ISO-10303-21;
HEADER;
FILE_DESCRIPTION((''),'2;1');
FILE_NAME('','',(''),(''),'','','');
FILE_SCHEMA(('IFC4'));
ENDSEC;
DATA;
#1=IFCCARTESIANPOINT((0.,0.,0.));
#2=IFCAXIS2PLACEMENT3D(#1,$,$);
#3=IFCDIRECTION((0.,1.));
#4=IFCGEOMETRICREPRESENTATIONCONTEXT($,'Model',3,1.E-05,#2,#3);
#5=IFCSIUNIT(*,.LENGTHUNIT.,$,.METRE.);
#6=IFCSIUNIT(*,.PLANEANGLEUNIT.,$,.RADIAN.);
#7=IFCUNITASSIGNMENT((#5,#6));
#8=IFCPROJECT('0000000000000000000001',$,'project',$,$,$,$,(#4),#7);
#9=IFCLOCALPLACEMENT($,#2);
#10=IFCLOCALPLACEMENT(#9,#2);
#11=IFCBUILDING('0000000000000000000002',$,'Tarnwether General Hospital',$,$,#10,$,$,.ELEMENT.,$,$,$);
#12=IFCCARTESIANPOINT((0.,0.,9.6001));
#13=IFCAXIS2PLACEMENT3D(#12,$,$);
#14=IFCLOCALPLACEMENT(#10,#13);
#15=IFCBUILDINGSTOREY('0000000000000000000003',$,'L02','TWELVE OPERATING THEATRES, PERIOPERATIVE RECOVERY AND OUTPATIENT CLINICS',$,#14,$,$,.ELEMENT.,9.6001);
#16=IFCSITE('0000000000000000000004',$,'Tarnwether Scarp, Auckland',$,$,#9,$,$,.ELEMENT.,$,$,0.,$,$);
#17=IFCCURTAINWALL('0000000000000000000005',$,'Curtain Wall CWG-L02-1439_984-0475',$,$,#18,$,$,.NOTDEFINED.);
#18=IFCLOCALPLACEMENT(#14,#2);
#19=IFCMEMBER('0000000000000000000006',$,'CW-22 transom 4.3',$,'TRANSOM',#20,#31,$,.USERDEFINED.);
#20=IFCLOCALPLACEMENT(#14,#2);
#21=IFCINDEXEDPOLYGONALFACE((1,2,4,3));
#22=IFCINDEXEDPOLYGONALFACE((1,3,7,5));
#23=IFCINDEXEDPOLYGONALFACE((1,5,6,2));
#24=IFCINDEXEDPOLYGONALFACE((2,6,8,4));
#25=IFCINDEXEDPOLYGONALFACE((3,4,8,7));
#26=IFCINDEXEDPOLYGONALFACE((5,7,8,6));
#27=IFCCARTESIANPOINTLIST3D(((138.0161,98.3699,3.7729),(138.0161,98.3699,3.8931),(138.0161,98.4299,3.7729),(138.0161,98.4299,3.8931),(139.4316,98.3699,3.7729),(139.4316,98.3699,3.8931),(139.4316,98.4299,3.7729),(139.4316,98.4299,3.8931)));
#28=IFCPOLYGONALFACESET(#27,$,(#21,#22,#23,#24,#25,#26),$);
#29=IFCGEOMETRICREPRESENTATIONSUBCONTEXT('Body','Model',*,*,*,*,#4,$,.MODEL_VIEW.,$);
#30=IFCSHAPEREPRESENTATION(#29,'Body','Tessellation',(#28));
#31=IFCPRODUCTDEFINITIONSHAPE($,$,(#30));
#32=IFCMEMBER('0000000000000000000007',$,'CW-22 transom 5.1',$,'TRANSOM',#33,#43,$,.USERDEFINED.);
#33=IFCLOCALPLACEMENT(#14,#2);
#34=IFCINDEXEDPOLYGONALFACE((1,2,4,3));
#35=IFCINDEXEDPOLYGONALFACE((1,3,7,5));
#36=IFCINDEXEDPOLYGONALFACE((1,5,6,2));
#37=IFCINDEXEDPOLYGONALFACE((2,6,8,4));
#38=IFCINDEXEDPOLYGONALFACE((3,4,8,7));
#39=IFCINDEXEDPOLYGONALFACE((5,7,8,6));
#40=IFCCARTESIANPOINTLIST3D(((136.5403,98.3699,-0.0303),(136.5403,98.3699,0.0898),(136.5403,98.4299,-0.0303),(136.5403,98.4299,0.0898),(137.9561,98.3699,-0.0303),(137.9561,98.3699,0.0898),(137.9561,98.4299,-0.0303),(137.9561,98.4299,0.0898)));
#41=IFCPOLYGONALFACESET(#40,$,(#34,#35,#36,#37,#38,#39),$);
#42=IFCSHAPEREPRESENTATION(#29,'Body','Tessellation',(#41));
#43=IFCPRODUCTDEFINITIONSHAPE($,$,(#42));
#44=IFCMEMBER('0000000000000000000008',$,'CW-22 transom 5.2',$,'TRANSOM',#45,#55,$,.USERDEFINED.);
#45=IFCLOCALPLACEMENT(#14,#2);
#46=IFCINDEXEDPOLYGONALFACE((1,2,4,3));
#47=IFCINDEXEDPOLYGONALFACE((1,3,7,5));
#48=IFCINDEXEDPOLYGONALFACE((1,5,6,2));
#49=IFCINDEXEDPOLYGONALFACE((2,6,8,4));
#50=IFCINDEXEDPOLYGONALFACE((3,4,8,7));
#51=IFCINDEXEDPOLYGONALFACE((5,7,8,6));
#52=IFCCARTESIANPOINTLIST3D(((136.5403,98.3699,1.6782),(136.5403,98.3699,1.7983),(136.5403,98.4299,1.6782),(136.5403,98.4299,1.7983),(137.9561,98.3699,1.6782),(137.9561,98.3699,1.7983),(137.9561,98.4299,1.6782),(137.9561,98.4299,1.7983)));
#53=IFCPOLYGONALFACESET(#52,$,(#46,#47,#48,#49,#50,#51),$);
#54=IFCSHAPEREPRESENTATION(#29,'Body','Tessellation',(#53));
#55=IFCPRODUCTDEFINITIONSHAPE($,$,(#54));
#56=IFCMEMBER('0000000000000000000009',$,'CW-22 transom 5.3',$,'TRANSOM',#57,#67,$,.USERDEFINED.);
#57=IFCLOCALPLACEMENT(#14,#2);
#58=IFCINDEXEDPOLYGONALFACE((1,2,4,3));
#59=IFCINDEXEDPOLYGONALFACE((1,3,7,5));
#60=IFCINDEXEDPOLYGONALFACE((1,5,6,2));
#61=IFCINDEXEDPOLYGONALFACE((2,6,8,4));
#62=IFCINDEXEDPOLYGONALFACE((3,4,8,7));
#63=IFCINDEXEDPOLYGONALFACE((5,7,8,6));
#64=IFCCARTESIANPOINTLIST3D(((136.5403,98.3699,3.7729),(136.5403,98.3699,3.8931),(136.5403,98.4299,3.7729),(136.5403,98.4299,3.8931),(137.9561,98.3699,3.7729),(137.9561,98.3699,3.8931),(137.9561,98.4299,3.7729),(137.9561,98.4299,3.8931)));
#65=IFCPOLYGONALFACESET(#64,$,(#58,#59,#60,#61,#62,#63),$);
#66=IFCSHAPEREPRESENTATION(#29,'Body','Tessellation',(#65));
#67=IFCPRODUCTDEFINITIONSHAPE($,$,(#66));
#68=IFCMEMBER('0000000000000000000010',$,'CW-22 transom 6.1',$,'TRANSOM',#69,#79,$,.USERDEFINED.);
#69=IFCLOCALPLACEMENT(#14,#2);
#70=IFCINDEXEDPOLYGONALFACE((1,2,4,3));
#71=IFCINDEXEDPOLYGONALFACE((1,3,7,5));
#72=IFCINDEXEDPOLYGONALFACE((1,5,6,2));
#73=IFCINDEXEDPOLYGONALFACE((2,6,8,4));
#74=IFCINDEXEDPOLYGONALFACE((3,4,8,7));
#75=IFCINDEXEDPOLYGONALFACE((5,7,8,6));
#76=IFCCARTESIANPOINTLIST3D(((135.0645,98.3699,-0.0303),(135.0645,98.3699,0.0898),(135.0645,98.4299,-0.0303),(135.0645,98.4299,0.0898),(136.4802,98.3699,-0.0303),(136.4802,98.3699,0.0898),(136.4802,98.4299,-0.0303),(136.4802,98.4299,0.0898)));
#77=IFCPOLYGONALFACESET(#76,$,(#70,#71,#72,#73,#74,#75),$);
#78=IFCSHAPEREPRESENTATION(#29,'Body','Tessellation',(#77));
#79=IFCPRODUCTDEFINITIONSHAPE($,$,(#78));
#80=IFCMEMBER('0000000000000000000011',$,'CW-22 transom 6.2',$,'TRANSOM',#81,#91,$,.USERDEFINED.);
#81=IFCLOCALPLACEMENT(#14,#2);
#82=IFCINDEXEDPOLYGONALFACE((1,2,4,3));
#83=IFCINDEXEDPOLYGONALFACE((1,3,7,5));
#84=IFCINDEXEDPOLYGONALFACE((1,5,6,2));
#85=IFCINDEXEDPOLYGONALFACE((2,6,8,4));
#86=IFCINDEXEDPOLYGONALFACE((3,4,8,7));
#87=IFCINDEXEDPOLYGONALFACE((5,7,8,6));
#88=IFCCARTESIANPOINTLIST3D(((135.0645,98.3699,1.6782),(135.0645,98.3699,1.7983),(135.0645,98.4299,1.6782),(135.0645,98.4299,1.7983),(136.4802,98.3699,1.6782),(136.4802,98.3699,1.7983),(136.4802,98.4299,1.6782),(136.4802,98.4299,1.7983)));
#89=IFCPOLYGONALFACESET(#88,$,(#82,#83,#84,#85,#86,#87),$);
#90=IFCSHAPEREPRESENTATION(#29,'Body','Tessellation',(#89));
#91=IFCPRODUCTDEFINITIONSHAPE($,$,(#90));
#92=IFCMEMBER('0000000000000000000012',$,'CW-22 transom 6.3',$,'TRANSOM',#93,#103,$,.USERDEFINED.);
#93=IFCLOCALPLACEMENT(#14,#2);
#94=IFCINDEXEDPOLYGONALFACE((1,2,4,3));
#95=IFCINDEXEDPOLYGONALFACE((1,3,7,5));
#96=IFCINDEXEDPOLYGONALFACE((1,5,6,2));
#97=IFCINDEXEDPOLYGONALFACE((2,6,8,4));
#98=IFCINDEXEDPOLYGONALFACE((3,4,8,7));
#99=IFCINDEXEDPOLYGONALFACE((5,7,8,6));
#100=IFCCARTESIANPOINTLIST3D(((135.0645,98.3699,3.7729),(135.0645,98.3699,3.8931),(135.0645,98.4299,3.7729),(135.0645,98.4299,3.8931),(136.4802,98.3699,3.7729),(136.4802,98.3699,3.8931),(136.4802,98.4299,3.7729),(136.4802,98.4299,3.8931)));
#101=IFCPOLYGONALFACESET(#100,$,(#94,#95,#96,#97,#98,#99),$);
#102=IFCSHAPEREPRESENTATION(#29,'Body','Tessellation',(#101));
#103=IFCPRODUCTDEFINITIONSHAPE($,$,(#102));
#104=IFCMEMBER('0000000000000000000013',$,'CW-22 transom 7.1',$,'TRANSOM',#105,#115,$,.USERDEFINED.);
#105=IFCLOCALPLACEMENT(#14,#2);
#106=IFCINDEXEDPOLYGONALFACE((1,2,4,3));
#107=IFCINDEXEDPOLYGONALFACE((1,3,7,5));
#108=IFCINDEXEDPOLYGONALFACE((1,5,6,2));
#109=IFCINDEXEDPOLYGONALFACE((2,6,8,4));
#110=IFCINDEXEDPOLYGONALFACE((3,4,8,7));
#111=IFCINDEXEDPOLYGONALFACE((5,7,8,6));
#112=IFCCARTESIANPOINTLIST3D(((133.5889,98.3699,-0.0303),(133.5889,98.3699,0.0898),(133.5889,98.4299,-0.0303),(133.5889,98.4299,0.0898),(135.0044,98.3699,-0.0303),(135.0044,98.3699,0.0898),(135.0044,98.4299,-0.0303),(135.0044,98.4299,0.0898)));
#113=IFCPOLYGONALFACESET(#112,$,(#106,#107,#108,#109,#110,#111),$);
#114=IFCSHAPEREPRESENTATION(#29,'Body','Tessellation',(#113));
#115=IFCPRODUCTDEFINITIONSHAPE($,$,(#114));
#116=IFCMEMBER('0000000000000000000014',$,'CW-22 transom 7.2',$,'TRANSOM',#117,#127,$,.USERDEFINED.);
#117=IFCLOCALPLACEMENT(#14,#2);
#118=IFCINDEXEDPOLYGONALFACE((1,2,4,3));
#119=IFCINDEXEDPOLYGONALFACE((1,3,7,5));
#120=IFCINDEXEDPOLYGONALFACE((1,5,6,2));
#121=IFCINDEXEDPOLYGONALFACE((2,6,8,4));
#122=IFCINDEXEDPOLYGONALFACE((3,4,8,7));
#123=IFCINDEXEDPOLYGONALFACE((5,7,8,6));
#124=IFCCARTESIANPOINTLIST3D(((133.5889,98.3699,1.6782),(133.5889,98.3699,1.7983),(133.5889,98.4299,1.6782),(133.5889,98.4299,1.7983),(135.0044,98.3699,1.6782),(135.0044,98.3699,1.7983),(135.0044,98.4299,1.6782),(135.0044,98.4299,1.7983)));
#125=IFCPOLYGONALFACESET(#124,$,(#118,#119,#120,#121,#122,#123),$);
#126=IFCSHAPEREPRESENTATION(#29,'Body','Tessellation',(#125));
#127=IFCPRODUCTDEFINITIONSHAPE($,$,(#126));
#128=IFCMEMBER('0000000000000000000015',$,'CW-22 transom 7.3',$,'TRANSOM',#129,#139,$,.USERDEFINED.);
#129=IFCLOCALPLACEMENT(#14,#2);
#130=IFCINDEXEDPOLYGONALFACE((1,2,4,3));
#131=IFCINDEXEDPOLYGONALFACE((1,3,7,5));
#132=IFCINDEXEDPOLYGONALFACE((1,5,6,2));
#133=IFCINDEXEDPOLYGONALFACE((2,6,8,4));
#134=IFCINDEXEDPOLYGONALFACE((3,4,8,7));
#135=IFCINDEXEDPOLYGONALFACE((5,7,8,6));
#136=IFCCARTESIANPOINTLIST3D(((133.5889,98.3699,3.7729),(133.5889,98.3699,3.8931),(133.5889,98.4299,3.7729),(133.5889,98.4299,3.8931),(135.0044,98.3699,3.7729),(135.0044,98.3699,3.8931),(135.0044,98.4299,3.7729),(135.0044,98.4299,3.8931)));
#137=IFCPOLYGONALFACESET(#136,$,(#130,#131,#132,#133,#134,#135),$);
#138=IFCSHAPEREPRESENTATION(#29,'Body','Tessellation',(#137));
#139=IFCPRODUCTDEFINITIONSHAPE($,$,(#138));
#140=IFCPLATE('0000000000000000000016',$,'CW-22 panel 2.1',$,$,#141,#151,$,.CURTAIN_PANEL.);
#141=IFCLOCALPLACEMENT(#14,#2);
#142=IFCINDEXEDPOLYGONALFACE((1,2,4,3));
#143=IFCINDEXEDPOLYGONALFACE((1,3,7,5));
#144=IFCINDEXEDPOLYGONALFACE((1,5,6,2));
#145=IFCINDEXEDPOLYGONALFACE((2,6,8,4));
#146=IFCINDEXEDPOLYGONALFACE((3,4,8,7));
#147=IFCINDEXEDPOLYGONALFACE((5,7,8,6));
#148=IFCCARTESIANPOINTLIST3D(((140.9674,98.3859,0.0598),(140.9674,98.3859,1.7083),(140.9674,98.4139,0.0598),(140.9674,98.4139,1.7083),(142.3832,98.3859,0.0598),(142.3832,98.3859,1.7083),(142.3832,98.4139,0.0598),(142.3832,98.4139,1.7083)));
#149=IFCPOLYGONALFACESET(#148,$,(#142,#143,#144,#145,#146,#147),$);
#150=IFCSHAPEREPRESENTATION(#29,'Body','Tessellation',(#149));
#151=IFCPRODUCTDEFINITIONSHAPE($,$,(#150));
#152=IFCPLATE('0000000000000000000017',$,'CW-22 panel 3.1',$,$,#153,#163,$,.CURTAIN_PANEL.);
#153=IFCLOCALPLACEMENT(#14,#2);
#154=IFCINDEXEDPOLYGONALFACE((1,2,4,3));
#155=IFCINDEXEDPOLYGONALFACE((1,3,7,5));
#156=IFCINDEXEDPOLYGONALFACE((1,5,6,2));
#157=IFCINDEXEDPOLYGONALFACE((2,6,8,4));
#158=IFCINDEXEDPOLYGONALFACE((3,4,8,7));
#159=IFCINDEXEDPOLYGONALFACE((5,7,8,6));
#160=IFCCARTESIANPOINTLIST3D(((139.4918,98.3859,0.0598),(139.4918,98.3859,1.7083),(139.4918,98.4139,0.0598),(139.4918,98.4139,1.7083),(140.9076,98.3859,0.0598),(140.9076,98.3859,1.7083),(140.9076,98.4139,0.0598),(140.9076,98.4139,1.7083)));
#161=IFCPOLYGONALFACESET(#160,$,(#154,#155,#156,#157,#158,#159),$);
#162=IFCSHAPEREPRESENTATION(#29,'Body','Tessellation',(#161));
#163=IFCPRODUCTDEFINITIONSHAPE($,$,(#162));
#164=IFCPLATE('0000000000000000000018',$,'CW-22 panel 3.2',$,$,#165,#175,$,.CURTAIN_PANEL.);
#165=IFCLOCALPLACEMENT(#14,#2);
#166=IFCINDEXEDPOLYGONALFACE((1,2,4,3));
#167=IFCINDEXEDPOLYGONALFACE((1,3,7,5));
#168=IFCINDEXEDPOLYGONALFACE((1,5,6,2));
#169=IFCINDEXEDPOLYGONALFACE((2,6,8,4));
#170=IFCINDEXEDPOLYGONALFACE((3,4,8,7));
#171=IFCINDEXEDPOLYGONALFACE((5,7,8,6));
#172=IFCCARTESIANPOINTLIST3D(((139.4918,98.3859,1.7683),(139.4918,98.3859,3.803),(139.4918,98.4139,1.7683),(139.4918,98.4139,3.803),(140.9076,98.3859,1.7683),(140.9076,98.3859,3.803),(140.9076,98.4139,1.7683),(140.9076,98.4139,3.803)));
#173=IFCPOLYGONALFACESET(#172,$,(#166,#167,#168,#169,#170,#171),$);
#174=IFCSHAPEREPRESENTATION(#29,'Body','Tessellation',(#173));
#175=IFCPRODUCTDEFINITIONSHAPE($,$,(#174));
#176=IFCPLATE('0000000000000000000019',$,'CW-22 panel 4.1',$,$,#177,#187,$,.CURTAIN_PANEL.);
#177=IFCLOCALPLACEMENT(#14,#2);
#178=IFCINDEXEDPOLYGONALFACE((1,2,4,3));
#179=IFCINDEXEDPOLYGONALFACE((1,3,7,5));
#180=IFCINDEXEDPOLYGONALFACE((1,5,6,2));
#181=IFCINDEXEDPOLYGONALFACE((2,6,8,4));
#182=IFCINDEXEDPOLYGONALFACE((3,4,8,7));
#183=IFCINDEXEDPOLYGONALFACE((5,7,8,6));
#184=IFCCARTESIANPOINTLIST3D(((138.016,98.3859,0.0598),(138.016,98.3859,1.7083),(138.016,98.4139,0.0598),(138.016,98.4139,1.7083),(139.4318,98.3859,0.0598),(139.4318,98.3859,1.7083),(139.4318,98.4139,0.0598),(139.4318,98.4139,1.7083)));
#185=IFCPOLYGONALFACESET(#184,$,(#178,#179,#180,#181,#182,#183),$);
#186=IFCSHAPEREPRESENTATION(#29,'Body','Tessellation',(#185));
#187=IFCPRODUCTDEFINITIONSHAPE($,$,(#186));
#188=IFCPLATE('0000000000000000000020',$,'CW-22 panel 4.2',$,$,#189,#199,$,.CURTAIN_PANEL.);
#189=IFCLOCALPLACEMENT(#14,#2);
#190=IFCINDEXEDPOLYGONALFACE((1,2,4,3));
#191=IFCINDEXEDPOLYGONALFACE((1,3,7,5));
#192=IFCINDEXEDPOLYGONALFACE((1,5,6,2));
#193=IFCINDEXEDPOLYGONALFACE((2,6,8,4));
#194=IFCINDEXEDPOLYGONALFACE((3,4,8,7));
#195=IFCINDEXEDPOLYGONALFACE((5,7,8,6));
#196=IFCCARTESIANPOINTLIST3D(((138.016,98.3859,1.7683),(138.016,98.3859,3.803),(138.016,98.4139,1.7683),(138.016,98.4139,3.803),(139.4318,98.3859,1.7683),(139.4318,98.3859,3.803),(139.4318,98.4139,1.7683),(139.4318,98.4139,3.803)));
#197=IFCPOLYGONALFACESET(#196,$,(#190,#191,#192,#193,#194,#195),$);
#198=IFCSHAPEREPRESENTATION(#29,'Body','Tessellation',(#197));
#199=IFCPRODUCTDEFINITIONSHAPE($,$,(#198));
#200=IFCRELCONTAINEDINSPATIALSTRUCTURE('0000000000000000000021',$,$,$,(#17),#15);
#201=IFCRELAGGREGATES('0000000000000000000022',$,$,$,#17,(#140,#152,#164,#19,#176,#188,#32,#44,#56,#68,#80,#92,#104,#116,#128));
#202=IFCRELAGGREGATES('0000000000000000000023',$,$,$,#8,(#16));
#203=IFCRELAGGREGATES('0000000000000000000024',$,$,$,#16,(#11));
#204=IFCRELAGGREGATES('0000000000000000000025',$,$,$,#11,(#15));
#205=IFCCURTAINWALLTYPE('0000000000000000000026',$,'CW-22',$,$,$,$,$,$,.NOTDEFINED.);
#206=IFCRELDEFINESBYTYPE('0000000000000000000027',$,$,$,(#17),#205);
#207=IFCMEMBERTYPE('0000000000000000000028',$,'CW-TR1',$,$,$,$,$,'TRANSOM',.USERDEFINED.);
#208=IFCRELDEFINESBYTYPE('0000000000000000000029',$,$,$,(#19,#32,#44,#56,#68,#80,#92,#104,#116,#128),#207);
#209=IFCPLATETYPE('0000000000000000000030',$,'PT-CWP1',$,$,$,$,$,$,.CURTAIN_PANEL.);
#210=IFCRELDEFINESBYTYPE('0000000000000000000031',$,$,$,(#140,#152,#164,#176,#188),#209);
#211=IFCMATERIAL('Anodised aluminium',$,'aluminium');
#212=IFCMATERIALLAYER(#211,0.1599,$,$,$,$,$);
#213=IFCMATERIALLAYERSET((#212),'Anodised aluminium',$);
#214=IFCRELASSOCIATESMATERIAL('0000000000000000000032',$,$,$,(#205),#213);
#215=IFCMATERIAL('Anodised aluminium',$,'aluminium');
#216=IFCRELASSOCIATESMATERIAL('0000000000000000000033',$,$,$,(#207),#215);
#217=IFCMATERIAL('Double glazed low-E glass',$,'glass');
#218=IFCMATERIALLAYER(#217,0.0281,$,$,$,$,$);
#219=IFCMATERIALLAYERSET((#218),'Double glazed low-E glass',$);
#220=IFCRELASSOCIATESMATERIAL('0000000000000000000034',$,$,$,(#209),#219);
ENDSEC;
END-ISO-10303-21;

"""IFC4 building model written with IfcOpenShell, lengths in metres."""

from ifc_helpers import new_model, si_unit, direction, frame, origin, origin_2d, place, context, subcontext, project, spatial, rectangle, extrude, material, layer, layer_set, material_profile, profile_set, type_object, element, aggregate, save


model = new_model("IFC4")

# Units and contexts
model_context = context("Model", 3, precision=1e-05, world=origin(), true_north=direction((0.0, 1.0)))
body_context = subcontext(model_context, "Body", "Model", "MODEL_VIEW")
ifc_project = project(units=[si_unit("LENGTHUNIT", "METRE"), si_unit("PLANEANGLEUNIT", "RADIAN")], contexts=[model_context])

# Site, building, storey
site_placement = place(None, origin())
site = spatial("IfcSite", under=ifc_project, at=site_placement, Name="Tarnwether Scarp, Auckland", CompositionType="ELEMENT", RefElevation=0.0)
building_placement = place(site_placement, origin())
building = spatial("IfcBuilding", under=site, at=building_placement, Name="Tarnwether General Hospital", CompositionType="ELEMENT")
storey_placement = place(building_placement, frame((0.0, 0.0, 9.6001)))
storey = spatial("IfcBuildingStorey", under=building, at=storey_placement, Name="L02", Description="TWELVE OPERATING THEATRES, PERIOPERATIVE RECOVERY AND OUTPATIENT CLINICS", CompositionType="ELEMENT", Elevation=9.6001)

# Curtain wall, members, plates
ifc_material_1 = material(Name="Anodised aluminium", Category="aluminium")
ifc_layer_1 = layer(ifc_material_1, 0.1599)
ifc_layer_set_1 = layer_set([ifc_layer_1], Name="Anodised aluminium")
curtain_wall_type = type_object("IfcCurtainWallType", Name="CW-22", PredefinedType="NOTDEFINED", material=ifc_layer_set_1)
curtain_wall_placement = place(storey_placement, origin())
curtain_wall = element("IfcCurtainWall", 1, at=curtain_wall_placement, inside=storey, type_object=curtain_wall_type, Name="Curtain Wall CWG-L02-1439_984-0475", PredefinedType="NOTDEFINED")
ifc_material_2 = material(Name="Anodised aluminium", Category="aluminium")
ifc_material_profile_1 = material_profile(ifc_material_2, rectangle(XDim=0.0601, YDim=0.1201, at=origin_2d()), Name="ALU-TRN-60x120")
ifc_profile_set_1 = profile_set([ifc_material_profile_1], Name="Anodised aluminium")
member_type_1 = type_object("IfcMemberType", Name="CW-TR1", ElementType="TRANSOM", PredefinedType="USERDEFINED", material=ifc_profile_set_1)
member_1_placement = place(storey_placement, frame((139.4316, 98.3999, 3.833), z_axis=(-1.0, 0.0, 0.0), x_axis=(0.0, -1.0, 0.0)))
member_1 = element("IfcMember", 2, at=member_1_placement, type_object=member_type_1, Name="CW-22 transom 4.3", ObjectType="TRANSOM", PredefinedType="USERDEFINED", context=body_context, shape_type="SweptSolid", body=[
    extrude(rectangle(XDim=0.0601, YDim=0.1201, at=origin_2d()), origin(), (0.0, 0.0, 1.0), 1.4155),
])
member_2_placement = place(storey_placement, frame((137.9561, 98.3999, 0.0298), z_axis=(-1.0, 0.0, 0.0), x_axis=(0.0, -1.0, 0.0)))
member_2 = element("IfcMember", 3, at=member_2_placement, type_object=member_type_1, Name="CW-22 transom 5.1", ObjectType="TRANSOM", PredefinedType="USERDEFINED", context=body_context, shape_type="SweptSolid", body=[
    extrude(rectangle(XDim=0.0601, YDim=0.1201, at=origin_2d()), origin(), (0.0, 0.0, 1.0), 1.4158),
])
member_3_placement = place(storey_placement, frame((137.9561, 98.3999, 1.7383), z_axis=(-1.0, 0.0, 0.0), x_axis=(0.0, -1.0, 0.0)))
member_3 = element("IfcMember", 4, at=member_3_placement, type_object=member_type_1, Name="CW-22 transom 5.2", ObjectType="TRANSOM", PredefinedType="USERDEFINED", context=body_context, shape_type="SweptSolid", body=[
    extrude(rectangle(XDim=0.0601, YDim=0.1201, at=origin_2d()), origin(), (0.0, 0.0, 1.0), 1.4158),
])
member_4_placement = place(storey_placement, frame((137.9561, 98.3999, 3.833), z_axis=(-1.0, 0.0, 0.0), x_axis=(0.0, -1.0, 0.0)))
member_4 = element("IfcMember", 5, at=member_4_placement, type_object=member_type_1, Name="CW-22 transom 5.3", ObjectType="TRANSOM", PredefinedType="USERDEFINED", context=body_context, shape_type="SweptSolid", body=[
    extrude(rectangle(XDim=0.0601, YDim=0.1201, at=origin_2d()), origin(), (0.0, 0.0, 1.0), 1.4158),
])
member_5_placement = place(storey_placement, frame((136.4802, 98.3999, 0.0298), z_axis=(-1.0, 0.0, 0.0), x_axis=(0.0, -1.0, 0.0)))
member_5 = element("IfcMember", 6, at=member_5_placement, type_object=member_type_1, Name="CW-22 transom 6.1", ObjectType="TRANSOM", PredefinedType="USERDEFINED", context=body_context, shape_type="SweptSolid", body=[
    extrude(rectangle(XDim=0.0601, YDim=0.1201, at=origin_2d()), origin(), (0.0, 0.0, 1.0), 1.4158),
])
member_6_placement = place(storey_placement, frame((136.4802, 98.3999, 1.7383), z_axis=(-1.0, 0.0, 0.0), x_axis=(0.0, -1.0, 0.0)))
member_6 = element("IfcMember", 7, at=member_6_placement, type_object=member_type_1, Name="CW-22 transom 6.2", ObjectType="TRANSOM", PredefinedType="USERDEFINED", context=body_context, shape_type="SweptSolid", body=[
    extrude(rectangle(XDim=0.0601, YDim=0.1201, at=origin_2d()), origin(), (0.0, 0.0, 1.0), 1.4158),
])
member_7_placement = place(storey_placement, frame((136.4802, 98.3999, 3.833), z_axis=(-1.0, 0.0, 0.0), x_axis=(0.0, -1.0, 0.0)))
member_7 = element("IfcMember", 8, at=member_7_placement, type_object=member_type_1, Name="CW-22 transom 6.3", ObjectType="TRANSOM", PredefinedType="USERDEFINED", context=body_context, shape_type="SweptSolid", body=[
    extrude(rectangle(XDim=0.0601, YDim=0.1201, at=origin_2d()), origin(), (0.0, 0.0, 1.0), 1.4158),
])
member_8_placement = place(storey_placement, frame((135.0044, 98.3999, 0.0298), z_axis=(-1.0, 0.0, 0.0), x_axis=(0.0, -1.0, 0.0)))
member_8 = element("IfcMember", 9, at=member_8_placement, type_object=member_type_1, Name="CW-22 transom 7.1", ObjectType="TRANSOM", PredefinedType="USERDEFINED", context=body_context, shape_type="SweptSolid", body=[
    extrude(rectangle(XDim=0.0601, YDim=0.1201, at=origin_2d()), origin(), (0.0, 0.0, 1.0), 1.4155),
])
member_9_placement = place(storey_placement, frame((135.0044, 98.3999, 1.7383), z_axis=(-1.0, 0.0, 0.0), x_axis=(0.0, -1.0, 0.0)))
member_9 = element("IfcMember", 10, at=member_9_placement, type_object=member_type_1, Name="CW-22 transom 7.2", ObjectType="TRANSOM", PredefinedType="USERDEFINED", context=body_context, shape_type="SweptSolid", body=[
    extrude(rectangle(XDim=0.0601, YDim=0.1201, at=origin_2d()), origin(), (0.0, 0.0, 1.0), 1.4155),
])
member_10_placement = place(storey_placement, frame((135.0044, 98.3999, 3.833), z_axis=(-1.0, 0.0, 0.0), x_axis=(0.0, -1.0, 0.0)))
member_10 = element("IfcMember", 11, at=member_10_placement, type_object=member_type_1, Name="CW-22 transom 7.3", ObjectType="TRANSOM", PredefinedType="USERDEFINED", context=body_context, shape_type="SweptSolid", body=[
    extrude(rectangle(XDim=0.0601, YDim=0.1201, at=origin_2d()), origin(), (0.0, 0.0, 1.0), 1.4155),
])
ifc_material_3 = material(Name="Double glazed low-E glass", Category="glass")
ifc_layer_2 = layer(ifc_material_3, 0.0281)
ifc_layer_set_2 = layer_set([ifc_layer_2], Name="Double glazed low-E glass")
plate_type = type_object("IfcPlateType", Name="PT-CWP1", PredefinedType="CURTAIN_PANEL", material=ifc_layer_set_2)
plate_1_placement = place(storey_placement, frame((141.6753, 98.3999, 0.0598), z_axis=(0.0, 0.0, 1.0), x_axis=(-1.0, 0.0, 0.0)))
plate_1 = element("IfcPlate", 12, at=plate_1_placement, type_object=plate_type, Name="CW-22 panel 2.1", PredefinedType="CURTAIN_PANEL", context=body_context, shape_type="SweptSolid", body=[
    extrude(rectangle(XDim=1.4158, YDim=0.0281, at=origin_2d()), origin(), (0.0, 0.0, 1.0), 1.6484),
])
plate_2_placement = place(storey_placement, frame((140.1997, 98.3999, 0.0598), z_axis=(0.0, 0.0, 1.0), x_axis=(-1.0, 0.0, 0.0)))
plate_2 = element("IfcPlate", 13, at=plate_2_placement, type_object=plate_type, Name="CW-22 panel 3.1", PredefinedType="CURTAIN_PANEL", context=body_context, shape_type="SweptSolid", body=[
    extrude(rectangle(XDim=1.4158, YDim=0.0281, at=origin_2d()), origin(), (0.0, 0.0, 1.0), 1.6484),
])
plate_3_placement = place(storey_placement, frame((140.1997, 98.3999, 1.7683), z_axis=(0.0, 0.0, 1.0), x_axis=(-1.0, 0.0, 0.0)))
plate_3 = element("IfcPlate", 14, at=plate_3_placement, type_object=plate_type, Name="CW-22 panel 3.2", PredefinedType="CURTAIN_PANEL", context=body_context, shape_type="SweptSolid", body=[
    extrude(rectangle(XDim=1.4158, YDim=0.0281, at=origin_2d()), origin(), (0.0, 0.0, 1.0), 2.0347),
])
plate_4_placement = place(storey_placement, frame((138.7239, 98.3999, 0.0598), z_axis=(0.0, 0.0, 1.0), x_axis=(-1.0, 0.0, 0.0)))
plate_4 = element("IfcPlate", 15, at=plate_4_placement, type_object=plate_type, Name="CW-22 panel 4.1", PredefinedType="CURTAIN_PANEL", context=body_context, shape_type="SweptSolid", body=[
    extrude(rectangle(XDim=1.4158, YDim=0.0281, at=origin_2d()), origin(), (0.0, 0.0, 1.0), 1.6484),
])
plate_5_placement = place(storey_placement, frame((138.7239, 98.3999, 1.7683), z_axis=(0.0, 0.0, 1.0), x_axis=(-1.0, 0.0, 0.0)))
plate_5 = element("IfcPlate", 16, at=plate_5_placement, type_object=plate_type, Name="CW-22 panel 4.2", PredefinedType="CURTAIN_PANEL", context=body_context, shape_type="SweptSolid", body=[
    extrude(rectangle(XDim=1.4158, YDim=0.0281, at=origin_2d()), origin(), (0.0, 0.0, 1.0), 2.0347),
])
aggregate(curtain_wall, [plate_1, plate_2, plate_3, member_1, plate_4, plate_5, member_2, member_3, member_4, member_5, member_6, member_7, member_8, member_9, member_10])

save(model, "model.ifc")
